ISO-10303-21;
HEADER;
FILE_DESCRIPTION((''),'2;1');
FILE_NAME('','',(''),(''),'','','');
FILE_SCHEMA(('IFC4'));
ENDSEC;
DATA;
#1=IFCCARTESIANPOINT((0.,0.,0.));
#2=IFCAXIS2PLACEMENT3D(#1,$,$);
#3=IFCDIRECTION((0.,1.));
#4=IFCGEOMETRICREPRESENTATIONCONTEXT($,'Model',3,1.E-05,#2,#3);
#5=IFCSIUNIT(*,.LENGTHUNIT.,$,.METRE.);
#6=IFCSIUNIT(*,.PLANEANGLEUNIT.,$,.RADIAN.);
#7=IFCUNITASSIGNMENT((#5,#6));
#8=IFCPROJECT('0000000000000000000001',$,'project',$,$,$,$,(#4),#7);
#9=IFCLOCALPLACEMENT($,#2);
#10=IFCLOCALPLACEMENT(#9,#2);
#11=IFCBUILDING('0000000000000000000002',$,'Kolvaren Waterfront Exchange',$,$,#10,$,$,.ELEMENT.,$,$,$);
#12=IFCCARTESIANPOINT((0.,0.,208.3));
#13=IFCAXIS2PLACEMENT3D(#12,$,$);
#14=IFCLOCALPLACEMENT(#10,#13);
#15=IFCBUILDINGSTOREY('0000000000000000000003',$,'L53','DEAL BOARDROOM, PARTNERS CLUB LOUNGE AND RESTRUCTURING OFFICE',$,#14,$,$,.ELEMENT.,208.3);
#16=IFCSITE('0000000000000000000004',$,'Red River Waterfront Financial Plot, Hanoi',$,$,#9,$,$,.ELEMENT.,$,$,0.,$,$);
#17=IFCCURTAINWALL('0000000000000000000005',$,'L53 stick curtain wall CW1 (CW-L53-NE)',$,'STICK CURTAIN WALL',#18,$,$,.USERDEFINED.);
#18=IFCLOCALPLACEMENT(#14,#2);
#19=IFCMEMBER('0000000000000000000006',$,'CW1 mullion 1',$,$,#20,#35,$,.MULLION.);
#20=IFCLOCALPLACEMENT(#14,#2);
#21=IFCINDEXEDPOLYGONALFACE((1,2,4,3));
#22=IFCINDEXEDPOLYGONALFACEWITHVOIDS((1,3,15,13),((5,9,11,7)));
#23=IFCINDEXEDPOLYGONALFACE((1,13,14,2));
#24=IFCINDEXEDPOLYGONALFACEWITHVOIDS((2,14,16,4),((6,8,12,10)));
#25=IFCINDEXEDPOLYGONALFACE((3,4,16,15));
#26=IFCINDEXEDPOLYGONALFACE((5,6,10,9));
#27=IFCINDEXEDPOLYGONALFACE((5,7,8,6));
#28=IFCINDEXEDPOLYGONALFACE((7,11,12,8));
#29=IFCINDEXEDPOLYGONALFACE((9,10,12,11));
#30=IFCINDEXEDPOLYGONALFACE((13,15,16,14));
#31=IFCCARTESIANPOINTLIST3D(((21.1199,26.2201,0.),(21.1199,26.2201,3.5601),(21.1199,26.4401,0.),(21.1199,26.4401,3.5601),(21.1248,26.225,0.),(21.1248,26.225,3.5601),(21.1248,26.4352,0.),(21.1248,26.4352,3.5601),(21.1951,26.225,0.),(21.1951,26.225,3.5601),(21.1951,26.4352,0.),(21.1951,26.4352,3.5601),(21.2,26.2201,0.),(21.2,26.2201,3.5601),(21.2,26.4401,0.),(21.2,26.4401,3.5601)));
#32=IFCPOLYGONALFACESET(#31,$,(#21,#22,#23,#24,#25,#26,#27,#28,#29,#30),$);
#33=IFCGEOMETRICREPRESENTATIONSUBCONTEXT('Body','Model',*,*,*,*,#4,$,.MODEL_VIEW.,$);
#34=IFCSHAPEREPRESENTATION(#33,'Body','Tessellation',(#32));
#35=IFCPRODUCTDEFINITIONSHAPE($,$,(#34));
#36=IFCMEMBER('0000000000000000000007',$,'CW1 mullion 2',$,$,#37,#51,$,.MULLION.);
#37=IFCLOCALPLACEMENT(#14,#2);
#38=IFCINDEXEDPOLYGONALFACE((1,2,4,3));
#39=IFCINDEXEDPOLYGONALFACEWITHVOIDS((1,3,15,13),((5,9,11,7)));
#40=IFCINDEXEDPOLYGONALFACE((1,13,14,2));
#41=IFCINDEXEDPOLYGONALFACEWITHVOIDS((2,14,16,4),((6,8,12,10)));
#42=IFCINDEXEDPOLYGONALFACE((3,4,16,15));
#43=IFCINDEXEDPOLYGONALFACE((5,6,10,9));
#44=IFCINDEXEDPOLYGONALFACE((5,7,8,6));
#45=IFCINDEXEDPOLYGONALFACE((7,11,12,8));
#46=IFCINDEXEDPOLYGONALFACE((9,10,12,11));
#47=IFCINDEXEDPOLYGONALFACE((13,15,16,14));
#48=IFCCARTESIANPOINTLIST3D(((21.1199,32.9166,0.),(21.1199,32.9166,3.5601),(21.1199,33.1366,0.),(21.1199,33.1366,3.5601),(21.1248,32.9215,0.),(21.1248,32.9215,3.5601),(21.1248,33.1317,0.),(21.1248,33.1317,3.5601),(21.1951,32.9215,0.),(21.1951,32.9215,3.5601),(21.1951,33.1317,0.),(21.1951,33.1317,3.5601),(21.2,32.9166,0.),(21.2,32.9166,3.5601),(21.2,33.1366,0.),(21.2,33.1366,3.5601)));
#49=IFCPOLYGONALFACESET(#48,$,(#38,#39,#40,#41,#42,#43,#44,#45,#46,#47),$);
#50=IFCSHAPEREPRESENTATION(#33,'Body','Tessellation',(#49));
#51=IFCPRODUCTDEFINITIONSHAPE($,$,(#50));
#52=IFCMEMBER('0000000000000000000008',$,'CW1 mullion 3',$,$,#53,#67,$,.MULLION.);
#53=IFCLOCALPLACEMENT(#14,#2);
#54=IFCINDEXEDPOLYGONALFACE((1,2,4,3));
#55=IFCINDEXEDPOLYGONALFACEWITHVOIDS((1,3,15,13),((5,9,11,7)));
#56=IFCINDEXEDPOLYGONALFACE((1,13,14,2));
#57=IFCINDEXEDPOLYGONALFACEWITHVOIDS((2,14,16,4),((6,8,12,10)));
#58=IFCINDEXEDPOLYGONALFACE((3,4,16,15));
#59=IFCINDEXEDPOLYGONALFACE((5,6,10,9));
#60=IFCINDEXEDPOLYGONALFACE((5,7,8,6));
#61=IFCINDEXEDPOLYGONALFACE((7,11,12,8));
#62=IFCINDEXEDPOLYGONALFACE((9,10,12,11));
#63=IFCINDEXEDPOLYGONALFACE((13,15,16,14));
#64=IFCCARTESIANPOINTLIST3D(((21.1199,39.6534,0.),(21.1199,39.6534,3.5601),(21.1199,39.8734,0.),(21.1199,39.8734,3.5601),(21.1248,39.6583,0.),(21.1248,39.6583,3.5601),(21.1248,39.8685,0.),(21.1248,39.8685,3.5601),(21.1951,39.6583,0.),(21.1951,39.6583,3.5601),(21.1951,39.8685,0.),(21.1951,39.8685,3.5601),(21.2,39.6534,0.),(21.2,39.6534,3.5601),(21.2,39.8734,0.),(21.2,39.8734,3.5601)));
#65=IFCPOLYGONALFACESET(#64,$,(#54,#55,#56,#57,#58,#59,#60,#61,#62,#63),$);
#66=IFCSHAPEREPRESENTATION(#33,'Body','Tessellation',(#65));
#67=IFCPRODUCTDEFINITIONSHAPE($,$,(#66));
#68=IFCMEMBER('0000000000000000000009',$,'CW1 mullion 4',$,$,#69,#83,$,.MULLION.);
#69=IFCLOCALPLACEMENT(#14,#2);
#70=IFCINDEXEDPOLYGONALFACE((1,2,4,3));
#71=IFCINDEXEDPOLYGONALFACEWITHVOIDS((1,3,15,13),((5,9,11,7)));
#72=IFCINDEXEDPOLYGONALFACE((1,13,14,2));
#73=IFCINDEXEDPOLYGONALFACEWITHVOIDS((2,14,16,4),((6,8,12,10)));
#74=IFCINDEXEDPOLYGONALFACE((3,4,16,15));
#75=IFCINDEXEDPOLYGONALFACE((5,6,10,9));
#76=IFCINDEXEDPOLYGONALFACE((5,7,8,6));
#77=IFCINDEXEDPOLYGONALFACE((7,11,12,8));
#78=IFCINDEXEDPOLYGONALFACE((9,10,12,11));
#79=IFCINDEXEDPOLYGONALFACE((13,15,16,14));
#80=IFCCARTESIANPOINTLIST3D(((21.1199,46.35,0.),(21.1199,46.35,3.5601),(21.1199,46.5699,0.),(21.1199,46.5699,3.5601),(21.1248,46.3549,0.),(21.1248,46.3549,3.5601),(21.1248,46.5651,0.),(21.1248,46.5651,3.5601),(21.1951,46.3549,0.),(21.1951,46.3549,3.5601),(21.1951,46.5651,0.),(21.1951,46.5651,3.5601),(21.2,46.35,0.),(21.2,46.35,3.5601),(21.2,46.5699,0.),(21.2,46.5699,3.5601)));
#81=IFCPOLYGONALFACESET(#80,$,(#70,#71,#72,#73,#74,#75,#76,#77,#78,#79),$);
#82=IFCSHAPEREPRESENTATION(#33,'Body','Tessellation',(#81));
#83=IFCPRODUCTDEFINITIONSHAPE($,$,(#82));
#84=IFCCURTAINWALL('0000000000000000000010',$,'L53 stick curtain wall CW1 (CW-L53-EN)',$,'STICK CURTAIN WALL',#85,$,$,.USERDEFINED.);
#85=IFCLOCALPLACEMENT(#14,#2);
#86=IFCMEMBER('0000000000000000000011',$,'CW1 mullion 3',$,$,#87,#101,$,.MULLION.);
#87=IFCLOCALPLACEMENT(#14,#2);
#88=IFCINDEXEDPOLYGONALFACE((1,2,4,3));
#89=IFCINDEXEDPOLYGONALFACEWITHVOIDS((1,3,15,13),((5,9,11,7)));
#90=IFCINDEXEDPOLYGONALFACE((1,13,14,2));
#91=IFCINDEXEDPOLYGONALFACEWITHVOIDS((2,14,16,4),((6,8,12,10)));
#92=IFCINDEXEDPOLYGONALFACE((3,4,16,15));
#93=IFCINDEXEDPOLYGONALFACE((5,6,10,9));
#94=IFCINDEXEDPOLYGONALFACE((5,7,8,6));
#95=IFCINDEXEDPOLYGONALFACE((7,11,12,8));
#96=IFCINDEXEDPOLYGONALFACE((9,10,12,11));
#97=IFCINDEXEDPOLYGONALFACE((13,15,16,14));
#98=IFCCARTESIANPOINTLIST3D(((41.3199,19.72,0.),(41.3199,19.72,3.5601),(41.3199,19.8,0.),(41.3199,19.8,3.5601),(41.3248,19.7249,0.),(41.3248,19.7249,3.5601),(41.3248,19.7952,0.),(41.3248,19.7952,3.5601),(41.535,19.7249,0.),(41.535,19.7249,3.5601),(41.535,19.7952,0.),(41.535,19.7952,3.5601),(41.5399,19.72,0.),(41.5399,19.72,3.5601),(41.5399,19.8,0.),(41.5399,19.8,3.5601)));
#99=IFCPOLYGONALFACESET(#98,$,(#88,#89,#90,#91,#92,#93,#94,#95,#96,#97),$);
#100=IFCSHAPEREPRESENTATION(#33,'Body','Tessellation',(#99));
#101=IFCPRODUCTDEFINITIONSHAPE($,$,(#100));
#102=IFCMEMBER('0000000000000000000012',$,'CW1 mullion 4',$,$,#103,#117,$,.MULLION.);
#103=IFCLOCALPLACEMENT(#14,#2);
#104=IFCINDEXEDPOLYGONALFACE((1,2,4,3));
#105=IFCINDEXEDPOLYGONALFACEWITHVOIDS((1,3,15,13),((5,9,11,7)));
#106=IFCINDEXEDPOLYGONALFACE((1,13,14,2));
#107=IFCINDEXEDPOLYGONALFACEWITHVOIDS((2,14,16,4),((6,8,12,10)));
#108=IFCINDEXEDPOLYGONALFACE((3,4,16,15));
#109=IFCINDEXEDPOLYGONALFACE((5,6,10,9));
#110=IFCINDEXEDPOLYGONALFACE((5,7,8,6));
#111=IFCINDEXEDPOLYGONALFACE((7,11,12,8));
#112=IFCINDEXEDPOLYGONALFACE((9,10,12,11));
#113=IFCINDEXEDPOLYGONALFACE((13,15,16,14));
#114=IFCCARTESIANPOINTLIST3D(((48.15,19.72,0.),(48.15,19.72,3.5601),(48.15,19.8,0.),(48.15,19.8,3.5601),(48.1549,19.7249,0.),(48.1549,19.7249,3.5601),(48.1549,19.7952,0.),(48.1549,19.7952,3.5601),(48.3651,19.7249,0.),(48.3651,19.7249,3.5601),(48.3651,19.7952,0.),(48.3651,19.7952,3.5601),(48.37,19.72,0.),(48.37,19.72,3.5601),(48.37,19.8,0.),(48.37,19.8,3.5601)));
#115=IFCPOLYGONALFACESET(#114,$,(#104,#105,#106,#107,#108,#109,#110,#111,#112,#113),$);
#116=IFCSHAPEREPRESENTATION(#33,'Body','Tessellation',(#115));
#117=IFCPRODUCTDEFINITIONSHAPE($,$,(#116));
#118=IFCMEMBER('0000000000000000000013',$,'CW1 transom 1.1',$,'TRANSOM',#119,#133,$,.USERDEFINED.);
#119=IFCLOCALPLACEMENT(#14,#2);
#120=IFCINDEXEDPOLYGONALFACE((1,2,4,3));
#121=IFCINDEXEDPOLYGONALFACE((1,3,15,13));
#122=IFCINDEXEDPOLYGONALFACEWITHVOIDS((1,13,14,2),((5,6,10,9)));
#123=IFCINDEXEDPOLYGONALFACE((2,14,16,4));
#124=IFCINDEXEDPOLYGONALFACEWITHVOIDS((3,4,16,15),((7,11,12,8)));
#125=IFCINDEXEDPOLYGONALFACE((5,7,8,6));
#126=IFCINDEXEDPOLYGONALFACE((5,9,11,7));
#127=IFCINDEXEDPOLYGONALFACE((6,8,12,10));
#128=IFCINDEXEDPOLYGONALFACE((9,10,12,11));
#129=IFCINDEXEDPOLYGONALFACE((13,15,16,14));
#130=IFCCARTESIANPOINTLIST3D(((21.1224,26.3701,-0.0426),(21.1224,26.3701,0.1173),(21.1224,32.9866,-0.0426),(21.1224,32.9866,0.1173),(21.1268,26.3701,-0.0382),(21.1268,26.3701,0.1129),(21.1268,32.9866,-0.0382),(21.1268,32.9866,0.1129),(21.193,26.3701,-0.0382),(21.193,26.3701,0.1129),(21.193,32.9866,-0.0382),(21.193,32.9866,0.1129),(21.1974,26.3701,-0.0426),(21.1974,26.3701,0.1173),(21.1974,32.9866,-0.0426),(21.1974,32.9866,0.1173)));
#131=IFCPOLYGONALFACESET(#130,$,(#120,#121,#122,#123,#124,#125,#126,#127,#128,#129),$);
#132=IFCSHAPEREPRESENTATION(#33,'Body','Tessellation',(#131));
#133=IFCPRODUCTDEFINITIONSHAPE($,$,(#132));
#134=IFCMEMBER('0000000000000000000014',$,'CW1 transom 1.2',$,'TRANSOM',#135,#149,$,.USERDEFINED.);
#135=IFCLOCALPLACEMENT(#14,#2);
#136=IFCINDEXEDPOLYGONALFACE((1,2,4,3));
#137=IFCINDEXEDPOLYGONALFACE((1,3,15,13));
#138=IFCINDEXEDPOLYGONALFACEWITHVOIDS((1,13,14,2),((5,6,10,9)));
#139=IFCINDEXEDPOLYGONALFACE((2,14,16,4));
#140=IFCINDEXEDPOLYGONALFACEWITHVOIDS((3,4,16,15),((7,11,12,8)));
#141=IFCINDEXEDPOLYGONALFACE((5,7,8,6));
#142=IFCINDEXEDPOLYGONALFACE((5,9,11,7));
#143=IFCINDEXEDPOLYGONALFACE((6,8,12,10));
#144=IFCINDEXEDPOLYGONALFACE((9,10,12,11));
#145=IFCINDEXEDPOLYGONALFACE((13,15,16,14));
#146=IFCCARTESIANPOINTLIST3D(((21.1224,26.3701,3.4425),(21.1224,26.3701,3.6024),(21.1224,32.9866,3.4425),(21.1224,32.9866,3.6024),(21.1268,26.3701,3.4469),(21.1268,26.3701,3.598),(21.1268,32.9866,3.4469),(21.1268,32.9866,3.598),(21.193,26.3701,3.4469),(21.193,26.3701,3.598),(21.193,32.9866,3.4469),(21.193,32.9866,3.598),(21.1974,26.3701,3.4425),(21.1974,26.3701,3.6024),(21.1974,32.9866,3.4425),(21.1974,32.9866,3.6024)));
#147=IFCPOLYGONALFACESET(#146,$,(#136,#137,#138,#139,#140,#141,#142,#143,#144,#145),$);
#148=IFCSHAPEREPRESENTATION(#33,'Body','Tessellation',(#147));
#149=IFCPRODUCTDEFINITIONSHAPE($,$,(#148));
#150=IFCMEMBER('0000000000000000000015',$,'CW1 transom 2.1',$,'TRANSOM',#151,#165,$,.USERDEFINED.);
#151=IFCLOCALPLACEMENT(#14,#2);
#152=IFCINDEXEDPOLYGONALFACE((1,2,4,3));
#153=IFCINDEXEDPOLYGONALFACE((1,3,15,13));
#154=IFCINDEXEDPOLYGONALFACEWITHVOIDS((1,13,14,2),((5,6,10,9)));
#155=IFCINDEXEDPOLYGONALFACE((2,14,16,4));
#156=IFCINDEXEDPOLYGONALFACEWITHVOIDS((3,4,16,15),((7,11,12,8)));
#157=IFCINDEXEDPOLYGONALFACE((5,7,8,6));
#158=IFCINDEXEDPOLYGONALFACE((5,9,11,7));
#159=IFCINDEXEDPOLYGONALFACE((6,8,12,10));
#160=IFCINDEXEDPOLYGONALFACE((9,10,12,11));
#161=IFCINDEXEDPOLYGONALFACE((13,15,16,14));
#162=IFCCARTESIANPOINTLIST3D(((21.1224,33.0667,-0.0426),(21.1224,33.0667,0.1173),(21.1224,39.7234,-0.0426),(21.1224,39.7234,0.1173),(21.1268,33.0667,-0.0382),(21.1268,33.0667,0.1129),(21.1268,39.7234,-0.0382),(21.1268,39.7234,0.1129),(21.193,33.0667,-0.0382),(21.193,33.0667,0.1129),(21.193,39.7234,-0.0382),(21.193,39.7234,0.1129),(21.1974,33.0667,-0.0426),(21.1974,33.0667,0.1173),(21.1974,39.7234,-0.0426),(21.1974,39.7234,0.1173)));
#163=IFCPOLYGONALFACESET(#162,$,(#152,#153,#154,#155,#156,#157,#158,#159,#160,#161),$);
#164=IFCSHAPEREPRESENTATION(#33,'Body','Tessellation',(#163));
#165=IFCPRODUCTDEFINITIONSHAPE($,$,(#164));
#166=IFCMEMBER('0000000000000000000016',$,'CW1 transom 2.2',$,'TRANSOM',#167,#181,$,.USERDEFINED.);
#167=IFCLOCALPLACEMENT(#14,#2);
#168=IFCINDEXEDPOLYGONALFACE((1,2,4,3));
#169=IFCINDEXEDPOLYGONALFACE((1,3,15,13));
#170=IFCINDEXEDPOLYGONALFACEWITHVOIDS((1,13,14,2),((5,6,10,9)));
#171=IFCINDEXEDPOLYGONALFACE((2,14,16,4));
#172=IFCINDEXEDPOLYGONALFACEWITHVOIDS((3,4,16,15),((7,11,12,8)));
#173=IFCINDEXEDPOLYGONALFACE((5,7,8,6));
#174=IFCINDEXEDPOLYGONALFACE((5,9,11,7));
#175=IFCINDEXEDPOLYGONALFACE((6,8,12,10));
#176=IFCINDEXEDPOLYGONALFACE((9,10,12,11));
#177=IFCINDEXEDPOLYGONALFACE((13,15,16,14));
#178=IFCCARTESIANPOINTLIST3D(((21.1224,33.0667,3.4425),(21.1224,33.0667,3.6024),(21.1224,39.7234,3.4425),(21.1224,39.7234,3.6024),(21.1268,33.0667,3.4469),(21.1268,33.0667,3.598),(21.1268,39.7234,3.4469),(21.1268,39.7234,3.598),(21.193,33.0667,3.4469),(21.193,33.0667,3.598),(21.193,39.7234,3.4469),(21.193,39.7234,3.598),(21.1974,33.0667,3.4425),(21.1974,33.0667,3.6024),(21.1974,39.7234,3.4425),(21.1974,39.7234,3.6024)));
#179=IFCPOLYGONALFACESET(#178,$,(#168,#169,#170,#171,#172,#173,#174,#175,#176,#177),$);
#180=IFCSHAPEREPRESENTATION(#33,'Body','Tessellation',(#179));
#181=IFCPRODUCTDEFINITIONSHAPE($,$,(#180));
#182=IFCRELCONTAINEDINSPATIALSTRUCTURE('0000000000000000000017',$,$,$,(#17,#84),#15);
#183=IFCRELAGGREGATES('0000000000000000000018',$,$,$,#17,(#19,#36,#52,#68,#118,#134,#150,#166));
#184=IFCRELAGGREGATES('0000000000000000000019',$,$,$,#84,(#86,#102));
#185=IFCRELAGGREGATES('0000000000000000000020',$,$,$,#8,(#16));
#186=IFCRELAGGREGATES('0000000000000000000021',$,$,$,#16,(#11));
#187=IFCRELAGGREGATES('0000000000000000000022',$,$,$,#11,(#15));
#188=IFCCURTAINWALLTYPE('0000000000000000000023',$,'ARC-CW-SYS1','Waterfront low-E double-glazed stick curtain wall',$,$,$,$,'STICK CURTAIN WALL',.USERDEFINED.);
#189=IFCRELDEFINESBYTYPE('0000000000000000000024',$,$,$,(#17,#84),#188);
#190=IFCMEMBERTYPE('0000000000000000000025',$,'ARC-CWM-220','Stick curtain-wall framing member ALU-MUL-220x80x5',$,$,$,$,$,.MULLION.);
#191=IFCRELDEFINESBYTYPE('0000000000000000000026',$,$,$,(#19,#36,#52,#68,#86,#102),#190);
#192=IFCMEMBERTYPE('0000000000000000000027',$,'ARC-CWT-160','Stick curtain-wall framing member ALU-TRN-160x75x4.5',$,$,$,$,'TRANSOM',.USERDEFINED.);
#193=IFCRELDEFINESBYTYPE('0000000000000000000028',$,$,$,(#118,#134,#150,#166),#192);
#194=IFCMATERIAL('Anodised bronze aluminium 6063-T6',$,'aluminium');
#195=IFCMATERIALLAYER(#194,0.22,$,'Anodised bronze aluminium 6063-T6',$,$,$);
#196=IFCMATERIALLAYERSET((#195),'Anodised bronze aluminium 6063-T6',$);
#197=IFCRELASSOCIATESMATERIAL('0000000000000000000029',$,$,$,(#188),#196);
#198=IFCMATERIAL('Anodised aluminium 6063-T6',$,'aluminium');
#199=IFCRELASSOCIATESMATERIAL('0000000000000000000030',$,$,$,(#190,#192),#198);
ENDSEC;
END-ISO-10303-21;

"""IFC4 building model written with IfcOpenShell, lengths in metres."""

from ifc_helpers import new_model, si_unit, direction, frame, origin, origin_with_axes, origin_2d, place, context, subcontext, project, spatial, hollow_rectangle, extrude, source, transform, mapped, material, layer, layer_set, material_profile, profile_set, type_object, element, aggregate, save


model = new_model("IFC4")

# Units and contexts
model_context = context("Model", 3, precision=1e-05, world=origin(), true_north=direction((0.0, 1.0)))
body_context = subcontext(model_context, "Body", "Model", "MODEL_VIEW")
ifc_project = project(units=[si_unit("LENGTHUNIT", "METRE"), si_unit("PLANEANGLEUNIT", "RADIAN")], contexts=[model_context])

# Site, building, storey
site_placement = place(None, origin())
site = spatial("IfcSite", under=ifc_project, at=site_placement, Name="Red River Waterfront Financial Plot, Hanoi", CompositionType="ELEMENT", RefElevation=0.0)
building_placement = place(site_placement, origin())
building = spatial("IfcBuilding", under=site, at=building_placement, Name="Kolvaren Waterfront Exchange", CompositionType="ELEMENT")
storey_placement = place(building_placement, frame((0.0, 0.0, 208.3)))
storey = spatial("IfcBuildingStorey", under=building, at=storey_placement, Name="L53", Description="DEAL BOARDROOM, PARTNERS CLUB LOUNGE AND RESTRUCTURING OFFICE", CompositionType="ELEMENT", Elevation=208.3)

# Curtain walls, members
ifc_material_1 = material(Name="Anodised bronze aluminium 6063-T6", Category="aluminium")
ifc_layer_1 = layer(ifc_material_1, 0.22, Name="Anodised bronze aluminium 6063-T6")
ifc_layer_set_1 = layer_set([ifc_layer_1], Name="Anodised bronze aluminium 6063-T6")
curtain_wall_type = type_object("IfcCurtainWallType", Name="ARC-CW-SYS1", Description="Waterfront low-E double-glazed stick curtain wall", ElementType="STICK CURTAIN WALL", PredefinedType="USERDEFINED", material=ifc_layer_set_1)
curtain_wall_1_placement = place(storey_placement, origin())
curtain_wall_1 = element("IfcCurtainWall", 1, at=curtain_wall_1_placement, inside=storey, type_object=curtain_wall_type, Name="L53 stick curtain wall CW1 (CW-L53-NE)", ObjectType="STICK CURTAIN WALL", PredefinedType="USERDEFINED")
ifc_material_2 = material(Name="Anodised aluminium 6063-T6", Category="aluminium")
ifc_material_profile_1 = material_profile(ifc_material_2, hollow_rectangle(XDim=0.0801, YDim=0.22, WallThickness=0.0049, at=origin_2d()), Name="ALU-MUL-220x80x5")
ifc_profile_set_1 = profile_set([ifc_material_profile_1], Name="Anodised aluminium 6063-T6")
member_type_1 = type_object("IfcMemberType", Name="ARC-CWM-220", Description="Stick curtain-wall framing member ALU-MUL-220x80x5", PredefinedType="MULLION", material=ifc_profile_set_1)
shared_shape_1 = source(origin_with_axes(), body_context, "Body", "SweptSolid", [
    extrude(hollow_rectangle(XDim=0.0801, YDim=0.22, WallThickness=0.0049, at=origin_2d()), origin(), (0.0, 0.0, 1.0), 3.5601),
])
member_1_placement = place(storey_placement, frame((21.1599, 26.3301, 0.0), z_axis=(0.0, 0.0, 1.0), x_axis=(-1.0, 0.0, 0.0)))
member_1 = element("IfcMember", 2, at=member_1_placement, type_object=member_type_1, Name="CW1 mullion 1", PredefinedType="MULLION", context=body_context, shape_type="MappedRepresentation", body=[
    mapped(shared_shape_1, transform((0.0, 0.0, 0.0), x_axis=(1.0, 0.0, 0.0), y_axis=(0.0, 1.0, 0.0), z_axis=(0.0, 0.0, 1.0), scale=1.0)),
])
member_2_placement = place(storey_placement, frame((21.1599, 33.0266, 0.0), z_axis=(0.0, 0.0, 1.0), x_axis=(-1.0, 0.0, 0.0)))
member_2 = element("IfcMember", 3, at=member_2_placement, type_object=member_type_1, Name="CW1 mullion 2", PredefinedType="MULLION", context=body_context, shape_type="MappedRepresentation", body=[
    mapped(shared_shape_1, transform((0.0, 0.0, 0.0), x_axis=(1.0, 0.0, 0.0), y_axis=(0.0, 1.0, 0.0), z_axis=(0.0, 0.0, 1.0), scale=1.0)),
])
member_3_placement = place(storey_placement, frame((21.1599, 39.7634, 0.0), z_axis=(0.0, 0.0, 1.0), x_axis=(-1.0, 0.0, 0.0)))
member_3 = element("IfcMember", 4, at=member_3_placement, type_object=member_type_1, Name="CW1 mullion 3", PredefinedType="MULLION", context=body_context, shape_type="MappedRepresentation", body=[
    mapped(shared_shape_1, transform((0.0, 0.0, 0.0), x_axis=(1.0, 0.0, 0.0), y_axis=(0.0, 1.0, 0.0), z_axis=(0.0, 0.0, 1.0), scale=1.0)),
])
member_4_placement = place(storey_placement, frame((21.1599, 46.46, 0.0), z_axis=(0.0, 0.0, 1.0), x_axis=(-1.0, 0.0, 0.0)))
member_4 = element("IfcMember", 5, at=member_4_placement, type_object=member_type_1, Name="CW1 mullion 4", PredefinedType="MULLION", context=body_context, shape_type="MappedRepresentation", body=[
    mapped(shared_shape_1, transform((0.0, 0.0, 0.0), x_axis=(1.0, 0.0, 0.0), y_axis=(0.0, 1.0, 0.0), z_axis=(0.0, 0.0, 1.0), scale=1.0)),
])
curtain_wall_2_placement = place(storey_placement, origin())
curtain_wall_2 = element("IfcCurtainWall", 6, at=curtain_wall_2_placement, inside=storey, type_object=curtain_wall_type, Name="L53 stick curtain wall CW1 (CW-L53-EN)", ObjectType="STICK CURTAIN WALL", PredefinedType="USERDEFINED")
member_5_placement = place(storey_placement, frame((41.4299, 19.76, 0.0), z_axis=(0.0, 0.0, 1.0), x_axis=(0.0, 1.0, 0.0)))
member_5 = element("IfcMember", 7, at=member_5_placement, type_object=member_type_1, Name="CW1 mullion 3", PredefinedType="MULLION", context=body_context, shape_type="MappedRepresentation", body=[
    mapped(shared_shape_1, transform((0.0, 0.0, 0.0), x_axis=(1.0, 0.0, 0.0), y_axis=(0.0, 1.0, 0.0), z_axis=(0.0, 0.0, 1.0), scale=1.0)),
])
member_6_placement = place(storey_placement, frame((48.26, 19.76, 0.0), z_axis=(0.0, 0.0, 1.0), x_axis=(0.0, 1.0, 0.0)))
member_6 = element("IfcMember", 8, at=member_6_placement, type_object=member_type_1, Name="CW1 mullion 4", PredefinedType="MULLION", context=body_context, shape_type="MappedRepresentation", body=[
    mapped(shared_shape_1, transform((0.0, 0.0, 0.0), x_axis=(1.0, 0.0, 0.0), y_axis=(0.0, 1.0, 0.0), z_axis=(0.0, 0.0, 1.0), scale=1.0)),
])

# Members
ifc_material_profile_2 = material_profile(ifc_material_2, hollow_rectangle(XDim=0.075, YDim=0.1599, WallThickness=0.0044, at=origin_2d()), Name="ALU-TRN-160x75x4.5")
ifc_profile_set_2 = profile_set([ifc_material_profile_2], Name="Anodised aluminium 6063-T6")
member_type_2 = type_object("IfcMemberType", Name="ARC-CWT-160", Description="Stick curtain-wall framing member ALU-TRN-160x75x4.5", ElementType="TRANSOM", PredefinedType="USERDEFINED", material=ifc_profile_set_2)
shared_shape_2 = source(origin_with_axes(), body_context, "Body", "SweptSolid", [
    extrude(hollow_rectangle(XDim=0.075, YDim=0.1599, WallThickness=0.0044, at=origin_2d()), origin(), (0.0, 0.0, 1.0), 6.6165),
])
member_7_placement = place(storey_placement, frame((21.1599, 26.3701, 0.0374), z_axis=(0.0, 1.0, 0.0), x_axis=(-1.0, 0.0, 0.0)))
member_7 = element("IfcMember", 9, at=member_7_placement, type_object=member_type_2, Name="CW1 transom 1.1", ObjectType="TRANSOM", PredefinedType="USERDEFINED", context=body_context, shape_type="MappedRepresentation", body=[
    mapped(shared_shape_2, transform((0.0, 0.0, 0.0), x_axis=(1.0, 0.0, 0.0), y_axis=(0.0, 1.0, 0.0), z_axis=(0.0, 0.0, 1.0), scale=1.0)),
])
member_8_placement = place(storey_placement, frame((21.1599, 26.3701, 3.5225), z_axis=(0.0, 1.0, 0.0), x_axis=(-1.0, 0.0, 0.0)))
member_8 = element("IfcMember", 10, at=member_8_placement, type_object=member_type_2, Name="CW1 transom 1.2", ObjectType="TRANSOM", PredefinedType="USERDEFINED", context=body_context, shape_type="MappedRepresentation", body=[
    mapped(shared_shape_2, transform((0.0, 0.0, 0.0), x_axis=(1.0, 0.0, 0.0), y_axis=(0.0, 1.0, 0.0), z_axis=(0.0, 0.0, 1.0), scale=1.0)),
])
shared_shape_3 = source(origin_with_axes(), body_context, "Body", "SweptSolid", [
    extrude(hollow_rectangle(XDim=0.075, YDim=0.1599, WallThickness=0.0044, at=origin_2d()), origin(), (0.0, 0.0, 1.0), 6.6567),
])
member_9_placement = place(storey_placement, frame((21.1599, 33.0667, 0.0374), z_axis=(0.0, 1.0, 0.0), x_axis=(-1.0, 0.0, 0.0)))
member_9 = element("IfcMember", 11, at=member_9_placement, type_object=member_type_2, Name="CW1 transom 2.1", ObjectType="TRANSOM", PredefinedType="USERDEFINED", context=body_context, shape_type="MappedRepresentation", body=[
    mapped(shared_shape_3, transform((0.0, 0.0, 0.0), x_axis=(1.0, 0.0, 0.0), y_axis=(0.0, 1.0, 0.0), z_axis=(0.0, 0.0, 1.0), scale=1.0)),
])
member_10_placement = place(storey_placement, frame((21.1599, 33.0667, 3.5225), z_axis=(0.0, 1.0, 0.0), x_axis=(-1.0, 0.0, 0.0)))
member_10 = element("IfcMember", 12, at=member_10_placement, type_object=member_type_2, Name="CW1 transom 2.2", ObjectType="TRANSOM", PredefinedType="USERDEFINED", context=body_context, shape_type="MappedRepresentation", body=[
    mapped(shared_shape_3, transform((0.0, 0.0, 0.0), x_axis=(1.0, 0.0, 0.0), y_axis=(0.0, 1.0, 0.0), z_axis=(0.0, 0.0, 1.0), scale=1.0)),
])

aggregate(curtain_wall_1, [member_1, member_2, member_3, member_4, member_7, member_8, member_9, member_10])
aggregate(curtain_wall_2, [member_5, member_6])

save(model, "model.ifc")
